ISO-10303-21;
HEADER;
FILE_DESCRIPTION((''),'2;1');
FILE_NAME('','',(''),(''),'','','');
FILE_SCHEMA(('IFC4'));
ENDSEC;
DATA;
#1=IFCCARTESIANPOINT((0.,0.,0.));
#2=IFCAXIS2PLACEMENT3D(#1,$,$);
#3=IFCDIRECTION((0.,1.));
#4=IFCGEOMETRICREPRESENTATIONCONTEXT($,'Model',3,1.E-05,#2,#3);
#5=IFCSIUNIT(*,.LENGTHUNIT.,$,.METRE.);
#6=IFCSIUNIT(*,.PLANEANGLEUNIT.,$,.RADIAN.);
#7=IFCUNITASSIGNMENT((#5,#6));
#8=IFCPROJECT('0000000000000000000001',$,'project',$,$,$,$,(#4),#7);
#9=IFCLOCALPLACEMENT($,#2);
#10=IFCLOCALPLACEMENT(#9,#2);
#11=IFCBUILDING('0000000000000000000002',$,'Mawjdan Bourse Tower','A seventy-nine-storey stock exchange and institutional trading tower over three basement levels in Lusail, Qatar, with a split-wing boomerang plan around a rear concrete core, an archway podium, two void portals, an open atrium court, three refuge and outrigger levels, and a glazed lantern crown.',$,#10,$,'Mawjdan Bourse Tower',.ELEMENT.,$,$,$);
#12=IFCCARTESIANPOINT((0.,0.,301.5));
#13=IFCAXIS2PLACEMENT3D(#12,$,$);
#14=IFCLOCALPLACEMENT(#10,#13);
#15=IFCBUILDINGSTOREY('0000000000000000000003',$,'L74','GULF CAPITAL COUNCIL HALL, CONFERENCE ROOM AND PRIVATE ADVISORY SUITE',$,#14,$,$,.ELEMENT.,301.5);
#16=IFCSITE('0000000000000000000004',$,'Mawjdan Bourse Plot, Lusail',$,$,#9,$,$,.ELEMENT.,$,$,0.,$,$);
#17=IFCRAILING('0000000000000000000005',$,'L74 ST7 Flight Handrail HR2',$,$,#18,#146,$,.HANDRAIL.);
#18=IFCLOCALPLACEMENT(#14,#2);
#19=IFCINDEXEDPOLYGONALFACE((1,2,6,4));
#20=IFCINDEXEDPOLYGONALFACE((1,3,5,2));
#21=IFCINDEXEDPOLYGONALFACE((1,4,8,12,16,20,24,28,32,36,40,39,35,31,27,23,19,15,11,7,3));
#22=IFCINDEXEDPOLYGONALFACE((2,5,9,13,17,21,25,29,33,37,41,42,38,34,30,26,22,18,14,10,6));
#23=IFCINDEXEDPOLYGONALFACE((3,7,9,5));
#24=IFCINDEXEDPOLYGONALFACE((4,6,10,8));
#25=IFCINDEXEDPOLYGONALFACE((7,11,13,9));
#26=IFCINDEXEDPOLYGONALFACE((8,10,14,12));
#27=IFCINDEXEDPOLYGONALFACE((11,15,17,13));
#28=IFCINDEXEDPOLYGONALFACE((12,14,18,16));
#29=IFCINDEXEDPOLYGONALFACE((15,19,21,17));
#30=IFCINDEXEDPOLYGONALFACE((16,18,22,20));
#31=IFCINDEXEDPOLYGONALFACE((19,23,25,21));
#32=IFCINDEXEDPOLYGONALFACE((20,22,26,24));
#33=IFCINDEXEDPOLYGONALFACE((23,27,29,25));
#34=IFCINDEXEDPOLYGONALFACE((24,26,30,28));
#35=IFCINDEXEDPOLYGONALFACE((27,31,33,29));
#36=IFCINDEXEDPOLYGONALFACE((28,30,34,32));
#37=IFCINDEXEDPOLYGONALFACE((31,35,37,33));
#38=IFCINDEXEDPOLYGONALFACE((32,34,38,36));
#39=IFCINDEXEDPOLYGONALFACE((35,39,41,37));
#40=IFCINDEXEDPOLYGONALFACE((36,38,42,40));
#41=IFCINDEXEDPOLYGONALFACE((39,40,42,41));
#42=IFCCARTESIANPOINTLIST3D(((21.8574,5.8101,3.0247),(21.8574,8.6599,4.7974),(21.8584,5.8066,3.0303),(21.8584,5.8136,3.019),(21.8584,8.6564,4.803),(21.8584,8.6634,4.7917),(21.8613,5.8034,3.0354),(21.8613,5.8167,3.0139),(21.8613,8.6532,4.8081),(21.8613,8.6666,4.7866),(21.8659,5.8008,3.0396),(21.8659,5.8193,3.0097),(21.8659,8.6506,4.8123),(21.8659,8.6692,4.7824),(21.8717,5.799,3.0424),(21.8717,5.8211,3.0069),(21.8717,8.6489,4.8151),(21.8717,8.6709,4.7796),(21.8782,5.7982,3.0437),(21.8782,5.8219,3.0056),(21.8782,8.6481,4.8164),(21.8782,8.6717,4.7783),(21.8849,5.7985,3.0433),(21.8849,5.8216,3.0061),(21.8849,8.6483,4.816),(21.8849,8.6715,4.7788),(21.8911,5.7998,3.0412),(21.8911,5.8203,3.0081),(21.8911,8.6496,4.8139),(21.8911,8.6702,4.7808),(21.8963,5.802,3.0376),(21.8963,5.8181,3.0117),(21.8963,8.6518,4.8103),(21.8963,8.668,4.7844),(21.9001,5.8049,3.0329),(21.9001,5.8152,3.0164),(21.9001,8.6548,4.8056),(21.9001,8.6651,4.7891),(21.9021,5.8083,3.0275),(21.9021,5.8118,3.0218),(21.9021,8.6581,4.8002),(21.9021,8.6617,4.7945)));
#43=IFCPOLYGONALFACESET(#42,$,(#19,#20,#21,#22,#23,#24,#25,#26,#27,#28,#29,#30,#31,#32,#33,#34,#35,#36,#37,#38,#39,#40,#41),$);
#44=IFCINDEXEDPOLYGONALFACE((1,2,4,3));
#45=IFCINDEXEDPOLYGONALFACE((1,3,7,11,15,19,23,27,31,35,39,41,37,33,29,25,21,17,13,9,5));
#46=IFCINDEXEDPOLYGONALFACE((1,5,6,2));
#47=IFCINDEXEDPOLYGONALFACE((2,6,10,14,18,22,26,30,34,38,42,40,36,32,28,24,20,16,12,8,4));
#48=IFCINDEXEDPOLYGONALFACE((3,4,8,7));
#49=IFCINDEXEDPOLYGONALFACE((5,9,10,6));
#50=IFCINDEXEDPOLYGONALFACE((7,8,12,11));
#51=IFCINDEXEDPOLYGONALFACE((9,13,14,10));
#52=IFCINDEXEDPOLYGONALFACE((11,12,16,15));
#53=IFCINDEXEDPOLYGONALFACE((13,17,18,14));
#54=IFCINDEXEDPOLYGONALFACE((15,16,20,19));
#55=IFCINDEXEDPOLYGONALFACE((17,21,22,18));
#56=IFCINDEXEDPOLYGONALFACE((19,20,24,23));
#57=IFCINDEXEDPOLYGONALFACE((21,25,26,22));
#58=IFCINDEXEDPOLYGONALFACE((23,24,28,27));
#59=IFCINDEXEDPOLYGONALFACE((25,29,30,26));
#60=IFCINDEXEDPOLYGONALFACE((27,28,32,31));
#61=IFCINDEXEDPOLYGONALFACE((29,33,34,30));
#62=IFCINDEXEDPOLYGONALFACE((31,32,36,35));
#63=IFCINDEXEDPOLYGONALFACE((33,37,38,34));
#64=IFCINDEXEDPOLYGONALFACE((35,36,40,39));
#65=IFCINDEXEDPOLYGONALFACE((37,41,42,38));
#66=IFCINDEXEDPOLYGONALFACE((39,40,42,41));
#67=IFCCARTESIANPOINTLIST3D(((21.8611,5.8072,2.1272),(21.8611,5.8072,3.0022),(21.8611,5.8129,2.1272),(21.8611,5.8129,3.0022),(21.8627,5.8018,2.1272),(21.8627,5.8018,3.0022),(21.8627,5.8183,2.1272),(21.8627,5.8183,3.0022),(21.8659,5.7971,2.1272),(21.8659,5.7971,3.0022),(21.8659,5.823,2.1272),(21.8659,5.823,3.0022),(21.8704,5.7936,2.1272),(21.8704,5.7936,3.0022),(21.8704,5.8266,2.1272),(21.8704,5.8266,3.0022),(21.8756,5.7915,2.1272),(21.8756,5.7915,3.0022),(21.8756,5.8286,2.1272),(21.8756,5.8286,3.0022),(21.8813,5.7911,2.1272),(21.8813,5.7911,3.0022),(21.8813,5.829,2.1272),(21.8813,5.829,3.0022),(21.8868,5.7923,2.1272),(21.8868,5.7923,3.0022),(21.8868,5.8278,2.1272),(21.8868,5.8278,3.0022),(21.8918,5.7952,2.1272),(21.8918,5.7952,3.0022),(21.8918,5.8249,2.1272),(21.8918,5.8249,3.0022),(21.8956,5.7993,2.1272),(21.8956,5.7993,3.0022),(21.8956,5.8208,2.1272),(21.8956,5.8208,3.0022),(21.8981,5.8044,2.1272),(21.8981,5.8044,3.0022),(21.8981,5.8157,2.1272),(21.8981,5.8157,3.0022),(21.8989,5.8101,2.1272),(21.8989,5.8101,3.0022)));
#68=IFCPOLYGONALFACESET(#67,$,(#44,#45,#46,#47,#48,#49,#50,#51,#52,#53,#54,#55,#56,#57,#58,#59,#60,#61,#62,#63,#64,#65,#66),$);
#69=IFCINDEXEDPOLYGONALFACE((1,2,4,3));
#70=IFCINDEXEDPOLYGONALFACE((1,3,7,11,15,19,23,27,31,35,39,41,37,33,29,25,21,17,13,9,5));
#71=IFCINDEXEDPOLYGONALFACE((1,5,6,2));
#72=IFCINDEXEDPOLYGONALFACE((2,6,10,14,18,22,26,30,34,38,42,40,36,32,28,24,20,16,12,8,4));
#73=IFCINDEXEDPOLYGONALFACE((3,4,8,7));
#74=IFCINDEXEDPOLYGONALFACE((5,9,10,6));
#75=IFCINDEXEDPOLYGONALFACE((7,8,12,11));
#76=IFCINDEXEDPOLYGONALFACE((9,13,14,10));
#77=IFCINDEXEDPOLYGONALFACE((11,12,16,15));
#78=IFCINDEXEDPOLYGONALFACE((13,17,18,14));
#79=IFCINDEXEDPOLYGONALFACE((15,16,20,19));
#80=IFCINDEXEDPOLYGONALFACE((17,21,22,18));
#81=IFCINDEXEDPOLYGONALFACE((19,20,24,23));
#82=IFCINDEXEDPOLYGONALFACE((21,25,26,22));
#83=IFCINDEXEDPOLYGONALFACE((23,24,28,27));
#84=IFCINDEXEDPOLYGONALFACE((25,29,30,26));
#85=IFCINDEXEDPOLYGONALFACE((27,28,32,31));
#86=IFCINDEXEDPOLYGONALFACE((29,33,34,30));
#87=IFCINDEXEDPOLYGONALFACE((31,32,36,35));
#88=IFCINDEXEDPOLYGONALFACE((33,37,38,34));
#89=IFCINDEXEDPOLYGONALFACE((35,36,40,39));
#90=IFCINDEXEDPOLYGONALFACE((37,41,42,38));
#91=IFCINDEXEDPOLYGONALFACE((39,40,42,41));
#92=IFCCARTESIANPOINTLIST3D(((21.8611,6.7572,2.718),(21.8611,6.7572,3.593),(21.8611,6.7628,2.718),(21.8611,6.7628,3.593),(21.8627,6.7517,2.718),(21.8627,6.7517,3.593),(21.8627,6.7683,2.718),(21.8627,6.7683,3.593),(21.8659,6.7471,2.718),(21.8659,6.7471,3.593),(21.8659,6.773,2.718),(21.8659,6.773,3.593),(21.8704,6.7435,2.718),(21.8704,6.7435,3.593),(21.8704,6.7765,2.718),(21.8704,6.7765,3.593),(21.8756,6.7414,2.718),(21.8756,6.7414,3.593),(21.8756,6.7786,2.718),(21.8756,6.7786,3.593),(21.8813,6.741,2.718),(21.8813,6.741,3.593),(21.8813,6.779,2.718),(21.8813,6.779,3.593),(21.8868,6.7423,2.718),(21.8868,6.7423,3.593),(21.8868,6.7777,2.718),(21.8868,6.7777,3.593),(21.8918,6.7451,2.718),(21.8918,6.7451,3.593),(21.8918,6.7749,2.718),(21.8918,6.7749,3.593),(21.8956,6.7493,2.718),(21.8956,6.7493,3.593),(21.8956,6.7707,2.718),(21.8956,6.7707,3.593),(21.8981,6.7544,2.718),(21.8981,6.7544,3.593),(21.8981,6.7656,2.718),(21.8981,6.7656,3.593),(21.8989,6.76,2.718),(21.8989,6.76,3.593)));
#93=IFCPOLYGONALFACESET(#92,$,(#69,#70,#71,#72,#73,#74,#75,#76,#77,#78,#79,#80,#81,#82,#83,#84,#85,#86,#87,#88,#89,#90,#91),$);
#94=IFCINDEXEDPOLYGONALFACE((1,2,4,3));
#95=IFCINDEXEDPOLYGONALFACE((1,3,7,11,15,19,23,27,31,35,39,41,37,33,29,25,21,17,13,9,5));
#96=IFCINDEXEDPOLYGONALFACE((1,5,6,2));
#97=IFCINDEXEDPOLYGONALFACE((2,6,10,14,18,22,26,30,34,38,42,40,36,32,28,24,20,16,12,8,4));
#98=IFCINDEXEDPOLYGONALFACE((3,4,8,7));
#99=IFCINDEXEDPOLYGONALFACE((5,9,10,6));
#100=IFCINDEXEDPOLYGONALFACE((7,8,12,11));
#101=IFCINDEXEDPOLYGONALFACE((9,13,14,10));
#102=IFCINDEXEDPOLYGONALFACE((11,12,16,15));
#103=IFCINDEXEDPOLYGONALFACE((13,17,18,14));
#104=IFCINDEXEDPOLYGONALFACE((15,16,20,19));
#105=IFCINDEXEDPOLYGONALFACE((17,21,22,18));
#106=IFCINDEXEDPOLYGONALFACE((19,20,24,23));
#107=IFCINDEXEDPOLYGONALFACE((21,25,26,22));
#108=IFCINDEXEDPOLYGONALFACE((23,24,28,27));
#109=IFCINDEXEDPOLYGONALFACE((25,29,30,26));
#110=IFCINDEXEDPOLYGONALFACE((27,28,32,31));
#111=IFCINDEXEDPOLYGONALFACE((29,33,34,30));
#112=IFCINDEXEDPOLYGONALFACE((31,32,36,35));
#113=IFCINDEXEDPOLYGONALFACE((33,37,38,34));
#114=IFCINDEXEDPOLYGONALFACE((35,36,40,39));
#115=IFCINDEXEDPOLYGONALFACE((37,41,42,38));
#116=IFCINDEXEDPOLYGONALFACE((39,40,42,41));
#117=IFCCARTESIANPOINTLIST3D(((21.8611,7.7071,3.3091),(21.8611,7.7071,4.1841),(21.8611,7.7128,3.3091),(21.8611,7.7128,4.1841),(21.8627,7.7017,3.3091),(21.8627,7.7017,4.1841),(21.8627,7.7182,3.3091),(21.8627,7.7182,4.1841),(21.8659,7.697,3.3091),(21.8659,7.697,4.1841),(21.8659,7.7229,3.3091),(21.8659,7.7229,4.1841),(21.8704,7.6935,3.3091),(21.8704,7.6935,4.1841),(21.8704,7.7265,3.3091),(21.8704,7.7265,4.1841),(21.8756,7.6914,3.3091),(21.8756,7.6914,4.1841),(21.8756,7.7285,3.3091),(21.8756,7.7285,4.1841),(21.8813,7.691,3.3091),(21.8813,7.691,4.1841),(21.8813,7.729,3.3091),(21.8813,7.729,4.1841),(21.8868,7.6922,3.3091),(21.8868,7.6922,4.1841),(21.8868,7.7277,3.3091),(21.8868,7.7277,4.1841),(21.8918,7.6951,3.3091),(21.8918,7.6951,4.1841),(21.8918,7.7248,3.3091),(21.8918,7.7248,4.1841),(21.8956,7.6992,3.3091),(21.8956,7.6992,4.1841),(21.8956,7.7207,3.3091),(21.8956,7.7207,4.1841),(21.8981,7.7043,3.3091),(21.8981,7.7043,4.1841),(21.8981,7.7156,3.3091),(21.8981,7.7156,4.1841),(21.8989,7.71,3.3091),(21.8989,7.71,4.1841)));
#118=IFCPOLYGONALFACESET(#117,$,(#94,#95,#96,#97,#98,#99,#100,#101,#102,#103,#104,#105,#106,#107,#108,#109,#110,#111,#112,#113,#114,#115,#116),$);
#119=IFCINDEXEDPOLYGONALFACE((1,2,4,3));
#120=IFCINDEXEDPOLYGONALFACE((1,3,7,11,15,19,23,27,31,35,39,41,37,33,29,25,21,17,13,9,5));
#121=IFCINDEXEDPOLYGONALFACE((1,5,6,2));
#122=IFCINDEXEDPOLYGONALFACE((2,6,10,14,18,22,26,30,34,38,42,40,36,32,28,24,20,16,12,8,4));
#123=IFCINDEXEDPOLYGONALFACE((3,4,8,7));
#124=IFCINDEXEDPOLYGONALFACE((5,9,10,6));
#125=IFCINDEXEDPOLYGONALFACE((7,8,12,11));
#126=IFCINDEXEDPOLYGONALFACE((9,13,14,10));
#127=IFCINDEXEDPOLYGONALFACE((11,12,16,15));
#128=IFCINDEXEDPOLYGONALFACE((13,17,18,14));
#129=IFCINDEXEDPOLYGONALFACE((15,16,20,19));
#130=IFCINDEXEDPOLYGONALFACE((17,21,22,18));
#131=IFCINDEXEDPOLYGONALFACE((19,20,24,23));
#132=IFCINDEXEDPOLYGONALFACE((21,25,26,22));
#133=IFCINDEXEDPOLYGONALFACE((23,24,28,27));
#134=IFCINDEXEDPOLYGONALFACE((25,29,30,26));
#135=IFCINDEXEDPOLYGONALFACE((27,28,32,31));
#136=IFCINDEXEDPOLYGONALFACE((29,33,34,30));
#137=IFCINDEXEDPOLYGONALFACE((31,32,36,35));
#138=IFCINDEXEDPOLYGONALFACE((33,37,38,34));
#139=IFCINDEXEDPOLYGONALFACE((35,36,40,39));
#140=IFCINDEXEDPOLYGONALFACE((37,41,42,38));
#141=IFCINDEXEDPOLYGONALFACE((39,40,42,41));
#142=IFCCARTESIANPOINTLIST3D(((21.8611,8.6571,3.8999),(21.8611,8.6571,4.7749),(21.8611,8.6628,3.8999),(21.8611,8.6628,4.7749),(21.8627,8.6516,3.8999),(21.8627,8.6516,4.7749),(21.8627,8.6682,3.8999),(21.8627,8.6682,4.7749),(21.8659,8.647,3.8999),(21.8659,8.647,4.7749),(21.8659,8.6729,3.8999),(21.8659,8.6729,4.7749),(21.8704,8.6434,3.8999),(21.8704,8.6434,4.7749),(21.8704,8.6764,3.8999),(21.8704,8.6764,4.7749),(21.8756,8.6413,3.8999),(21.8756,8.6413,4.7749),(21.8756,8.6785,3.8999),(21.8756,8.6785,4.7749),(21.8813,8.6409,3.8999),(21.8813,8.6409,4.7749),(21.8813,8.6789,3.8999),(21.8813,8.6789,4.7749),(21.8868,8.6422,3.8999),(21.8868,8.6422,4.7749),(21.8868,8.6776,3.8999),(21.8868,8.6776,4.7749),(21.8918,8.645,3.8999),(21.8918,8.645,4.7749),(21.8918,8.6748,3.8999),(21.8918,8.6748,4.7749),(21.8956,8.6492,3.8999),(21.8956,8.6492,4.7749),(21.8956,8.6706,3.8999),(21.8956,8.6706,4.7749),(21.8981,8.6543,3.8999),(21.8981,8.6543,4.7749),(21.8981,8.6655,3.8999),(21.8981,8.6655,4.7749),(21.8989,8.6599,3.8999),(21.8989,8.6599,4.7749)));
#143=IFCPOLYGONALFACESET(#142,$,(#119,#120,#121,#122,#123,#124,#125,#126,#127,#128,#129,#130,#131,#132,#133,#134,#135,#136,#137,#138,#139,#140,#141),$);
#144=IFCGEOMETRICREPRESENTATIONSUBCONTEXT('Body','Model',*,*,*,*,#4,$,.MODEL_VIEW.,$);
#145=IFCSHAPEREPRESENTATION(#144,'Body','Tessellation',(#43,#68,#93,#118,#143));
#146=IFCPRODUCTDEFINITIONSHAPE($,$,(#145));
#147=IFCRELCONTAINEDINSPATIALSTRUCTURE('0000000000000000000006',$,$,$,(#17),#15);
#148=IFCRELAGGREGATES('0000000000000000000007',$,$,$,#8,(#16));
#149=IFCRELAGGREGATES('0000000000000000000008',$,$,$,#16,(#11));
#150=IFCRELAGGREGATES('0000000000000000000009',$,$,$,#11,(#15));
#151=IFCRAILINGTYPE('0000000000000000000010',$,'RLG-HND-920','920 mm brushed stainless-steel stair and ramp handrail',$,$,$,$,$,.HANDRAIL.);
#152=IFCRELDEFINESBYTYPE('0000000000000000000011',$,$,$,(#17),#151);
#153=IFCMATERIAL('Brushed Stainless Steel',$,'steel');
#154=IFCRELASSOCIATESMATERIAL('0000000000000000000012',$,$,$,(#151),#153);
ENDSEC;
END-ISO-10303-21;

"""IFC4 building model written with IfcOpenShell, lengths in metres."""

from ifc_helpers import new_model, si_unit, direction, frame, origin, origin_2d, place, context, subcontext, project, spatial, circle, extrude, material, type_object, element, save


model = new_model("IFC4")

# Units and contexts
model_context = context("Model", 3, precision=1e-05, world=origin(), true_north=direction((0.0, 1.0)))
body_context = subcontext(model_context, "Body", "Model", "MODEL_VIEW")
ifc_project = project(units=[si_unit("LENGTHUNIT", "METRE"), si_unit("PLANEANGLEUNIT", "RADIAN")], contexts=[model_context])

# Site, building, storey
site_placement = place(None, origin())
site = spatial("IfcSite", under=ifc_project, at=site_placement, Name="Mawjdan Bourse Plot, Lusail", CompositionType="ELEMENT", RefElevation=0.0)
building_placement = place(site_placement, origin())
building = spatial("IfcBuilding", under=site, at=building_placement, Name="Mawjdan Bourse Tower", Description="A seventy-nine-storey stock exchange and institutional trading tower over three basement levels in Lusail, Qatar, with a split-wing boomerang plan around a rear concrete core, an archway podium, two void portals, an open atrium court, three refuge and outrigger levels, and a glazed lantern crown.", LongName="Mawjdan Bourse Tower", CompositionType="ELEMENT")
storey_placement = place(building_placement, frame((0.0, 0.0, 301.5)))
storey = spatial("IfcBuildingStorey", under=building, at=storey_placement, Name="L74", Description="GULF CAPITAL COUNCIL HALL, CONFERENCE ROOM AND PRIVATE ADVISORY SUITE", CompositionType="ELEMENT", Elevation=301.5)

# Railing
ifc_material_1 = material(Name="Brushed Stainless Steel", Category="steel")
railing_type_1 = type_object("IfcRailingType", Name="RLG-HND-920", Description="920 mm brushed stainless-steel stair and ramp handrail", PredefinedType="HANDRAIL", material=ifc_material_1)
railing_1_placement = place(storey_placement, frame((21.8799, 5.8101, 2.1272)))
element("IfcRailing", 1, at=railing_1_placement, inside=storey, type_object=railing_type_1, Name="L74 ST7 Flight Handrail HR2", PredefinedType="HANDRAIL", context=body_context, shape_type="SweptSolid", body=[
    extrude(circle(Radius=0.0225, at=origin_2d()), frame((0.0, 0.0, 0.8975), z_axis=(0.0, 0.849128, 0.528187), x_axis=(-1.0, 0.0, 0.0)), (0.0, 0.0, 1.0), 3.3562),
    extrude(circle(Radius=0.019, at=origin_2d()), origin(), (0.0, 0.0, 1.0), 0.875),
    extrude(circle(Radius=0.019, at=origin_2d()), frame((0.0, 0.95, 0.5908)), (0.0, 0.0, 1.0), 0.875),
    extrude(circle(Radius=0.019, at=origin_2d()), frame((0.0, 1.8999, 1.1819)), (0.0, 0.0, 1.0), 0.875),
    extrude(circle(Radius=0.019, at=origin_2d()), frame((0.0, 2.8499, 1.7727)), (0.0, 0.0, 1.0), 0.875),
])

save(model, "model.ifc")
